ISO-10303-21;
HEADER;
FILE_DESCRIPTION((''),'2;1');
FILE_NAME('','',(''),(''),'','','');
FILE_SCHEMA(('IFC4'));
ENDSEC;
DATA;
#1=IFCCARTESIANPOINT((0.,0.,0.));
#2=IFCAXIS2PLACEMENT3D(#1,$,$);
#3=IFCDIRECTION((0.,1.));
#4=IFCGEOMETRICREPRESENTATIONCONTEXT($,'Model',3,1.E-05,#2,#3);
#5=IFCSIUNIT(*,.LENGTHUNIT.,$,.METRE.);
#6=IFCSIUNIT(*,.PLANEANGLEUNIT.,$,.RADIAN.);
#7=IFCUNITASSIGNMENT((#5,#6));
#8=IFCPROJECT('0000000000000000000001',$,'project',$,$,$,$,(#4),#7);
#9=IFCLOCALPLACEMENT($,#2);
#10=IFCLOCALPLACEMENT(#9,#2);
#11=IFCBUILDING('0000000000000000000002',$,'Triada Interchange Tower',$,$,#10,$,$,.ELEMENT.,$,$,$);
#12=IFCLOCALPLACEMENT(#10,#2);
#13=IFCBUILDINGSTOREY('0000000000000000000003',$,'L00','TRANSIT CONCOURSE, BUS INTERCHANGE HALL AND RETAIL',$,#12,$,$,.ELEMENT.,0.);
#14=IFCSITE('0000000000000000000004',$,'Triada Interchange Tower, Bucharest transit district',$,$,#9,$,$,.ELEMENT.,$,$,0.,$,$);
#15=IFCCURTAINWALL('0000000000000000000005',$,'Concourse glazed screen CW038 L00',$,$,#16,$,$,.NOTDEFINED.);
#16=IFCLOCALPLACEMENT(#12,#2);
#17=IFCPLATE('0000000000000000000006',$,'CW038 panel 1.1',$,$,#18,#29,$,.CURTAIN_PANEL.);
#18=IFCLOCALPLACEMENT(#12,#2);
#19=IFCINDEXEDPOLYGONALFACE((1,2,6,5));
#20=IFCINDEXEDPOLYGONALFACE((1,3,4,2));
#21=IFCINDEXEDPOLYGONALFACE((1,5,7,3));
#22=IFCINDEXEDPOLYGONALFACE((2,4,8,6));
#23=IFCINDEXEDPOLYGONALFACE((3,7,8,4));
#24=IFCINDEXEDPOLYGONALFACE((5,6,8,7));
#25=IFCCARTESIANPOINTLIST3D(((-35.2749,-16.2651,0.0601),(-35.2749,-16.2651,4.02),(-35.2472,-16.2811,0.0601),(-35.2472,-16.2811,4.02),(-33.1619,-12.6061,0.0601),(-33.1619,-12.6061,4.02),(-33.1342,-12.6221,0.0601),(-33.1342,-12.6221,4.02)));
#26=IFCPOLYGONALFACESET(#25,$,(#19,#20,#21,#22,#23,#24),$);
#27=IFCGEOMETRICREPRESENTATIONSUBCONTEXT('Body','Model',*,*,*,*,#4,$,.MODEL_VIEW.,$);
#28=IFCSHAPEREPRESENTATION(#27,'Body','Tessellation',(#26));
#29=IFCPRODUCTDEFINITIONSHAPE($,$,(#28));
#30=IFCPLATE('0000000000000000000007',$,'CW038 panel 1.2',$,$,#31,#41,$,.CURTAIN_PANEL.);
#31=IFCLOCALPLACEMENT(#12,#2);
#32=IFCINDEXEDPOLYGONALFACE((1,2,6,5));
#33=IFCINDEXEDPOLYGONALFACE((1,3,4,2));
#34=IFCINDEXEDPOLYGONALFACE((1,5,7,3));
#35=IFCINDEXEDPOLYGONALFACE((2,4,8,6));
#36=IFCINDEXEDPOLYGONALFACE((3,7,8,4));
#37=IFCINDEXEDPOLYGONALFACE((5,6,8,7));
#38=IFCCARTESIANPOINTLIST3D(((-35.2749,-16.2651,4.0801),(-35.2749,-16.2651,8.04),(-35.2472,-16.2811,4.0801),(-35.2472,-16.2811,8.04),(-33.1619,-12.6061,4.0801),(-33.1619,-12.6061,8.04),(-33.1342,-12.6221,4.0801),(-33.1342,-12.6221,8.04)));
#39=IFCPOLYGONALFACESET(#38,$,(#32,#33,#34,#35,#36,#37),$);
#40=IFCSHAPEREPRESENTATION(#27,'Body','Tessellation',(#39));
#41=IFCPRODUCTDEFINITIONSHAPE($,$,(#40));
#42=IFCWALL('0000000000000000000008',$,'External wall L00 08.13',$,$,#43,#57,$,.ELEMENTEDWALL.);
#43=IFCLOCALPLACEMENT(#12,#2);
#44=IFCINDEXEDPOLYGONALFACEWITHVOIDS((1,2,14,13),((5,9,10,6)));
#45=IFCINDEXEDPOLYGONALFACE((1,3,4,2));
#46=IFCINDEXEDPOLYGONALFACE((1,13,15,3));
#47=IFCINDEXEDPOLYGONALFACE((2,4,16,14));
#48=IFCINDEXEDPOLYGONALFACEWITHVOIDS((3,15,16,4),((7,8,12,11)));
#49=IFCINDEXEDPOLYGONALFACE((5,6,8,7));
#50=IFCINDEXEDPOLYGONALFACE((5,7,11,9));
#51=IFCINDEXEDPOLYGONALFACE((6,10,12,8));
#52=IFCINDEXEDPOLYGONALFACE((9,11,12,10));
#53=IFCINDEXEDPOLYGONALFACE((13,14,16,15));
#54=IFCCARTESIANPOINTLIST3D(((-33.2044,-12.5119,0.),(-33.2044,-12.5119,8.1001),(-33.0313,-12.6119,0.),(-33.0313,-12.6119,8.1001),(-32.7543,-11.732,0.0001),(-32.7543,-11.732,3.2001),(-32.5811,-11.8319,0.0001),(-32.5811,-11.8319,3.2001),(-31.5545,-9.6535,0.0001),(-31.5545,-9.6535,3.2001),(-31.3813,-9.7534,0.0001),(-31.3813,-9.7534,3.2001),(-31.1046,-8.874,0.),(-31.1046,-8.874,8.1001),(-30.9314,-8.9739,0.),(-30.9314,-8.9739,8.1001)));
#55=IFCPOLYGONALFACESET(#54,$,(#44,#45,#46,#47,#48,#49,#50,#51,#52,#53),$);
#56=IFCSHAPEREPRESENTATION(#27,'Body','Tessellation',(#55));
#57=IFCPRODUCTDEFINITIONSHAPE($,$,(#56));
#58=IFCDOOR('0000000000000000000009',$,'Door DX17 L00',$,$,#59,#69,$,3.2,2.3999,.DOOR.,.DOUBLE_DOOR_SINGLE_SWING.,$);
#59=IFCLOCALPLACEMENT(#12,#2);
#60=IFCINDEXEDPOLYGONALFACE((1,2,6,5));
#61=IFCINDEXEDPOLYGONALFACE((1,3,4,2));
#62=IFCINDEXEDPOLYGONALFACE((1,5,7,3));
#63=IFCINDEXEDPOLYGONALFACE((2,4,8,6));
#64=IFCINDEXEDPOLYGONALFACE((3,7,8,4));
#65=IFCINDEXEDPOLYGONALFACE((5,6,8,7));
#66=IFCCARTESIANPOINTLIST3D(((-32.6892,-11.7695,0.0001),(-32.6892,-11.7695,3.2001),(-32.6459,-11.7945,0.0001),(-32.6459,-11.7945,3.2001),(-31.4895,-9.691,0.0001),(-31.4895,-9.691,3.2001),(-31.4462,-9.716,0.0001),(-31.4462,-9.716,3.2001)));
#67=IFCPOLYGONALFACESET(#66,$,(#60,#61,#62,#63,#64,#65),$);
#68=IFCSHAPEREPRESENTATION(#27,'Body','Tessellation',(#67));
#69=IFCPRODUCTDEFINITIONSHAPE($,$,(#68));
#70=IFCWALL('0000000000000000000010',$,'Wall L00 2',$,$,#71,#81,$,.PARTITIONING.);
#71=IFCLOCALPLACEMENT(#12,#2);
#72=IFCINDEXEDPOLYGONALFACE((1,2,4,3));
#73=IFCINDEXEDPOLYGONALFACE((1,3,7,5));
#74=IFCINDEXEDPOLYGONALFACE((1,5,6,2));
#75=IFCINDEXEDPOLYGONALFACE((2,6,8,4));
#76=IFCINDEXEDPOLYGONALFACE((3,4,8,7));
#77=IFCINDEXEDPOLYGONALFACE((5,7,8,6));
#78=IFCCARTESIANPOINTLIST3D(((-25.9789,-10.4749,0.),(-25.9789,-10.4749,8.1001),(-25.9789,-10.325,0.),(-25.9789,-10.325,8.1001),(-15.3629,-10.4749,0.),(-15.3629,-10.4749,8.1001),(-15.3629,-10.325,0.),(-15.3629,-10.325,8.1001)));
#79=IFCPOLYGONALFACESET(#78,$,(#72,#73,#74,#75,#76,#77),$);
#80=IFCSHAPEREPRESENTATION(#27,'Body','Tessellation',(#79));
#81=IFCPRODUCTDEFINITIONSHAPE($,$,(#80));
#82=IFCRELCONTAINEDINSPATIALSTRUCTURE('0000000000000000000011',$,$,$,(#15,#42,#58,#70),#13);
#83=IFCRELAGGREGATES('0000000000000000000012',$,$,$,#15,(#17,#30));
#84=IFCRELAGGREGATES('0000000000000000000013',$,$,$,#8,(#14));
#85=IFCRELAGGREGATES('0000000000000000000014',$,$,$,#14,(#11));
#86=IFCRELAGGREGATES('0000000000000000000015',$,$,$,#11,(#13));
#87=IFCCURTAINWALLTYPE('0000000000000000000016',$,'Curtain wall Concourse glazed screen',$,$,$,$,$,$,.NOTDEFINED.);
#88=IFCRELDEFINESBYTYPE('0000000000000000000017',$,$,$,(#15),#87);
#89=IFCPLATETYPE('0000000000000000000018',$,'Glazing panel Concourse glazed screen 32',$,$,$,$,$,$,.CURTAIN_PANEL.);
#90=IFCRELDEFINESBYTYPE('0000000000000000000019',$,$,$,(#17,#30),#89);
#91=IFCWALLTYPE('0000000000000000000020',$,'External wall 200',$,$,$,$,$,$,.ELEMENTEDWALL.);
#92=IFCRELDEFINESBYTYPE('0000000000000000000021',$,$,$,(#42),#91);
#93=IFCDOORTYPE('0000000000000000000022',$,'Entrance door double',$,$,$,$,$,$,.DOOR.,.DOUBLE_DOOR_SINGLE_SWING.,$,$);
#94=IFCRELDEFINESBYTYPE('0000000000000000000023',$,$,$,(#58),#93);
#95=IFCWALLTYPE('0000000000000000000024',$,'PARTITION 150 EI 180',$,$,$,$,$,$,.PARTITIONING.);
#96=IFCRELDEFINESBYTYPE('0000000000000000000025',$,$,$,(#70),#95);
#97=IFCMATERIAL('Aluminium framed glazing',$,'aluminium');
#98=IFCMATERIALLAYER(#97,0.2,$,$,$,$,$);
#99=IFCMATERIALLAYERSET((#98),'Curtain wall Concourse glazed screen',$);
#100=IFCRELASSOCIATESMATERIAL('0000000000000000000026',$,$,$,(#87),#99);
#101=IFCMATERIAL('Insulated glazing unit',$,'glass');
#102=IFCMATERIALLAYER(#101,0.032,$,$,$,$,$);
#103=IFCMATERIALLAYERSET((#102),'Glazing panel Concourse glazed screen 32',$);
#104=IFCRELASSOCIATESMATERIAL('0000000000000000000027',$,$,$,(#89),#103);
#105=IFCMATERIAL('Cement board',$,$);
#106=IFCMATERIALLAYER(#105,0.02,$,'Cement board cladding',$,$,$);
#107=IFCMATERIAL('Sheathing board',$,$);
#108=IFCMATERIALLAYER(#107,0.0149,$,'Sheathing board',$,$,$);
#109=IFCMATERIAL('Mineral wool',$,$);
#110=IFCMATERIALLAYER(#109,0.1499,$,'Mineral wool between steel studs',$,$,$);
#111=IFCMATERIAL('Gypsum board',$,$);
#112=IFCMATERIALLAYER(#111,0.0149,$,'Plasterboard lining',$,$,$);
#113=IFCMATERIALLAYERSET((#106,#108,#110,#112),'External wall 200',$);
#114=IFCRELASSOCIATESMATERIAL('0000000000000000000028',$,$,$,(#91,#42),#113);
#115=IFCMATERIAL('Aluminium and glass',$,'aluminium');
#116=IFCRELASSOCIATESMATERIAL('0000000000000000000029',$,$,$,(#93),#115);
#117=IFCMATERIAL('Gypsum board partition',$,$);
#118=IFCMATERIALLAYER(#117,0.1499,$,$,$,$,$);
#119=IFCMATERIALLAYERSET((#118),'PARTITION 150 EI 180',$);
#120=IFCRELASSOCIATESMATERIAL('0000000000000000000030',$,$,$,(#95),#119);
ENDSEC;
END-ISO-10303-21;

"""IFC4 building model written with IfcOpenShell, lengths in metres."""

from ifc_helpers import new_model, si_unit, direction, frame, frame_2d, origin, origin_2d, place, context, subcontext, project, spatial, rectangle, extrude, material, layer, layer_set, layer_usage, type_object, element, fill, aggregate, save


model = new_model("IFC4")

# Units and contexts
model_context = context("Model", 3, precision=1e-05, world=origin(), true_north=direction((0.0, 1.0)))
body_context = subcontext(model_context, "Body", "Model", "MODEL_VIEW")
ifc_project = project(units=[si_unit("LENGTHUNIT", "METRE"), si_unit("PLANEANGLEUNIT", "RADIAN")], contexts=[model_context])

# Site, building, storey
site_placement = place(None, origin())
site = spatial("IfcSite", under=ifc_project, at=site_placement, Name="Triada Interchange Tower, Bucharest transit district", CompositionType="ELEMENT", RefElevation=0.0)
building_placement = place(site_placement, origin())
building = spatial("IfcBuilding", under=site, at=building_placement, Name="Triada Interchange Tower", CompositionType="ELEMENT")
storey_placement = place(building_placement, origin())
storey = spatial("IfcBuildingStorey", under=building, at=storey_placement, Name="L00", Description="TRANSIT CONCOURSE, BUS INTERCHANGE HALL AND RETAIL", CompositionType="ELEMENT", Elevation=0.0)

# Curtain wall
ifc_material_1 = material(Name="Aluminium framed glazing", Category="aluminium")
ifc_layer_1 = layer(ifc_material_1, 0.2)
ifc_layer_set_1 = layer_set([ifc_layer_1], Name="Curtain wall Concourse glazed screen")
curtain_wall_type = type_object("IfcCurtainWallType", Name="Curtain wall Concourse glazed screen", PredefinedType="NOTDEFINED", material=ifc_layer_set_1)
curtain_wall_1_placement = place(storey_placement, origin())
curtain_wall_1 = element("IfcCurtainWall", 1, at=curtain_wall_1_placement, inside=storey, type_object=curtain_wall_type, Name="Concourse glazed screen CW038 L00", PredefinedType="NOTDEFINED")

# Plates
ifc_material_2 = material(Name="Insulated glazing unit", Category="glass")
ifc_layer_2 = layer(ifc_material_2, 0.032)
ifc_layer_set_2 = layer_set([ifc_layer_2], Name="Glazing panel Concourse glazed screen 32")
plate_type = type_object("IfcPlateType", Name="Glazing panel Concourse glazed screen 32", PredefinedType="CURTAIN_PANEL", material=ifc_layer_set_2)
plate_1_placement = place(storey_placement, frame((-34.2046, -14.4436, 0.0601), z_axis=(0.0, 0.0, 1.0), x_axis=(-0.500074, -0.865982, 0.0)))
plate_1 = element("IfcPlate", 2, at=plate_1_placement, type_object=plate_type, Name="CW038 panel 1.1", PredefinedType="CURTAIN_PANEL", context=body_context, shape_type="SweptSolid", body=[
    extrude(rectangle(XDim=4.2253, YDim=0.032, at=origin_2d()), origin(), (0.0, 0.0, 1.0), 3.96),
])
plate_2_placement = place(storey_placement, frame((-34.2046, -14.4436, 4.0801), z_axis=(0.0, 0.0, 1.0), x_axis=(-0.500074, -0.865982, 0.0)))
plate_2 = element("IfcPlate", 3, at=plate_2_placement, type_object=plate_type, Name="CW038 panel 1.2", PredefinedType="CURTAIN_PANEL", context=body_context, shape_type="SweptSolid", body=[
    extrude(rectangle(XDim=4.2253, YDim=0.032, at=origin_2d()), origin(), (0.0, 0.0, 1.0), 3.96),
])
aggregate(curtain_wall_1, [plate_1, plate_2])

# Wall, opening, door
ifc_material_3 = material(Name="Cement board")
ifc_layer_3 = layer(ifc_material_3, 0.02, Name="Cement board cladding")
ifc_material_4 = material(Name="Sheathing board")
ifc_layer_4 = layer(ifc_material_4, 0.0149, Name="Sheathing board")
ifc_material_5 = material(Name="Mineral wool")
ifc_layer_5 = layer(ifc_material_5, 0.1499, Name="Mineral wool between steel studs")
ifc_material_6 = material(Name="Gypsum board")
ifc_layer_6 = layer(ifc_material_6, 0.0149, Name="Plasterboard lining")
ifc_layer_set_3 = layer_set([ifc_layer_3, ifc_layer_4, ifc_layer_5, ifc_layer_6], Name="External wall 200")
ifc_layer_usage = layer_usage(ifc_layer_set_3, "AXIS2", "POSITIVE", -0.1001)
wall_type_1 = type_object("IfcWallType", Name="External wall 200", PredefinedType="ELEMENTEDWALL", material=ifc_layer_set_3)
wall_1_placement = place(storey_placement, frame((-31.0181, -8.9241, 0.0), z_axis=(0.0, 0.0, 1.0), x_axis=(-0.499909, -0.866078, 0.0)))
wall_1 = element("IfcWall", 4, at=wall_1_placement, inside=storey, type_object=wall_type_1, material=ifc_layer_usage, Name="External wall L00 08.13", PredefinedType="ELEMENTEDWALL", context=body_context, shape_type="SweptSolid", body=[
    extrude(rectangle(XDim=4.2004, YDim=0.2, at=frame_2d((2.1001, 0.0))), origin(), (0.0, 0.0, 1.0), 8.1001),
])
opening_placement = place(wall_1_placement, frame((0.8999, 0.0, 0.0)))
opening = element("IfcOpeningElement", 5, at=opening_placement, cuts=wall_1, PredefinedType="OPENING", context=body_context, shape_type="SweptSolid", body=[
    extrude(rectangle(XDim=2.3999, YDim=3.2, at=frame_2d((1.2, 1.6001))), frame((0.0, 0.1099, 0.0), z_axis=(0.0, -1.0, 0.0), x_axis=(1.0, 0.0, 0.0)), (0.0, 0.0, 1.0), 0.22),
])
ifc_material_7 = material(Name="Aluminium and glass", Category="aluminium")
door_type = type_object("IfcDoorType", Name="Entrance door double", OperationType="DOUBLE_DOOR_SINGLE_SWING", PredefinedType="DOOR", material=ifc_material_7)
door_placement = place(opening_placement, frame((2.3999, 0.0, 0.0), z_axis=(0.0, 0.0, 1.0), x_axis=(-1.0, 0.0, 0.0)))
door = element("IfcDoor", 6, at=door_placement, inside=storey, type_object=door_type, Name="Door DX17 L00", OperationType="DOUBLE_DOOR_SINGLE_SWING", OverallHeight=3.2, OverallWidth=2.3999, PredefinedType="DOOR", context=body_context, shape_type="SweptSolid", body=[
    extrude(rectangle(XDim=2.3999, YDim=3.2, at=frame_2d((1.2, 1.6001))), frame((0.0, 0.0249, 0.0), z_axis=(0.0, -1.0, 0.0), x_axis=(1.0, 0.0, 0.0)), (0.0, 0.0, 1.0), 0.05),
])
fill(opening, door)

# Wall
ifc_material_8 = material(Name="Gypsum board partition")
ifc_layer_7 = layer(ifc_material_8, 0.1499)
ifc_layer_set_4 = layer_set([ifc_layer_7], Name="PARTITION 150 EI 180")
wall_type_2 = type_object("IfcWallType", Name="PARTITION 150 EI 180", PredefinedType="PARTITIONING", material=ifc_layer_set_4)
wall_2_placement = place(storey_placement, frame((-25.979, -10.3999, 0.0), z_axis=(0.0, 0.0, 1.0), x_axis=(1.0, 0.0, 0.0)))
element("IfcWall", 7, at=wall_2_placement, inside=storey, type_object=wall_type_2, Name="Wall L00 2", PredefinedType="PARTITIONING", context=body_context, shape_type="SweptSolid", body=[
    extrude(rectangle(XDim=10.616, YDim=0.1499, at=frame_2d((5.3081, 0.0))), origin(), (0.0, 0.0, 1.0), 8.1001),
])

save(model, "model.ifc")
